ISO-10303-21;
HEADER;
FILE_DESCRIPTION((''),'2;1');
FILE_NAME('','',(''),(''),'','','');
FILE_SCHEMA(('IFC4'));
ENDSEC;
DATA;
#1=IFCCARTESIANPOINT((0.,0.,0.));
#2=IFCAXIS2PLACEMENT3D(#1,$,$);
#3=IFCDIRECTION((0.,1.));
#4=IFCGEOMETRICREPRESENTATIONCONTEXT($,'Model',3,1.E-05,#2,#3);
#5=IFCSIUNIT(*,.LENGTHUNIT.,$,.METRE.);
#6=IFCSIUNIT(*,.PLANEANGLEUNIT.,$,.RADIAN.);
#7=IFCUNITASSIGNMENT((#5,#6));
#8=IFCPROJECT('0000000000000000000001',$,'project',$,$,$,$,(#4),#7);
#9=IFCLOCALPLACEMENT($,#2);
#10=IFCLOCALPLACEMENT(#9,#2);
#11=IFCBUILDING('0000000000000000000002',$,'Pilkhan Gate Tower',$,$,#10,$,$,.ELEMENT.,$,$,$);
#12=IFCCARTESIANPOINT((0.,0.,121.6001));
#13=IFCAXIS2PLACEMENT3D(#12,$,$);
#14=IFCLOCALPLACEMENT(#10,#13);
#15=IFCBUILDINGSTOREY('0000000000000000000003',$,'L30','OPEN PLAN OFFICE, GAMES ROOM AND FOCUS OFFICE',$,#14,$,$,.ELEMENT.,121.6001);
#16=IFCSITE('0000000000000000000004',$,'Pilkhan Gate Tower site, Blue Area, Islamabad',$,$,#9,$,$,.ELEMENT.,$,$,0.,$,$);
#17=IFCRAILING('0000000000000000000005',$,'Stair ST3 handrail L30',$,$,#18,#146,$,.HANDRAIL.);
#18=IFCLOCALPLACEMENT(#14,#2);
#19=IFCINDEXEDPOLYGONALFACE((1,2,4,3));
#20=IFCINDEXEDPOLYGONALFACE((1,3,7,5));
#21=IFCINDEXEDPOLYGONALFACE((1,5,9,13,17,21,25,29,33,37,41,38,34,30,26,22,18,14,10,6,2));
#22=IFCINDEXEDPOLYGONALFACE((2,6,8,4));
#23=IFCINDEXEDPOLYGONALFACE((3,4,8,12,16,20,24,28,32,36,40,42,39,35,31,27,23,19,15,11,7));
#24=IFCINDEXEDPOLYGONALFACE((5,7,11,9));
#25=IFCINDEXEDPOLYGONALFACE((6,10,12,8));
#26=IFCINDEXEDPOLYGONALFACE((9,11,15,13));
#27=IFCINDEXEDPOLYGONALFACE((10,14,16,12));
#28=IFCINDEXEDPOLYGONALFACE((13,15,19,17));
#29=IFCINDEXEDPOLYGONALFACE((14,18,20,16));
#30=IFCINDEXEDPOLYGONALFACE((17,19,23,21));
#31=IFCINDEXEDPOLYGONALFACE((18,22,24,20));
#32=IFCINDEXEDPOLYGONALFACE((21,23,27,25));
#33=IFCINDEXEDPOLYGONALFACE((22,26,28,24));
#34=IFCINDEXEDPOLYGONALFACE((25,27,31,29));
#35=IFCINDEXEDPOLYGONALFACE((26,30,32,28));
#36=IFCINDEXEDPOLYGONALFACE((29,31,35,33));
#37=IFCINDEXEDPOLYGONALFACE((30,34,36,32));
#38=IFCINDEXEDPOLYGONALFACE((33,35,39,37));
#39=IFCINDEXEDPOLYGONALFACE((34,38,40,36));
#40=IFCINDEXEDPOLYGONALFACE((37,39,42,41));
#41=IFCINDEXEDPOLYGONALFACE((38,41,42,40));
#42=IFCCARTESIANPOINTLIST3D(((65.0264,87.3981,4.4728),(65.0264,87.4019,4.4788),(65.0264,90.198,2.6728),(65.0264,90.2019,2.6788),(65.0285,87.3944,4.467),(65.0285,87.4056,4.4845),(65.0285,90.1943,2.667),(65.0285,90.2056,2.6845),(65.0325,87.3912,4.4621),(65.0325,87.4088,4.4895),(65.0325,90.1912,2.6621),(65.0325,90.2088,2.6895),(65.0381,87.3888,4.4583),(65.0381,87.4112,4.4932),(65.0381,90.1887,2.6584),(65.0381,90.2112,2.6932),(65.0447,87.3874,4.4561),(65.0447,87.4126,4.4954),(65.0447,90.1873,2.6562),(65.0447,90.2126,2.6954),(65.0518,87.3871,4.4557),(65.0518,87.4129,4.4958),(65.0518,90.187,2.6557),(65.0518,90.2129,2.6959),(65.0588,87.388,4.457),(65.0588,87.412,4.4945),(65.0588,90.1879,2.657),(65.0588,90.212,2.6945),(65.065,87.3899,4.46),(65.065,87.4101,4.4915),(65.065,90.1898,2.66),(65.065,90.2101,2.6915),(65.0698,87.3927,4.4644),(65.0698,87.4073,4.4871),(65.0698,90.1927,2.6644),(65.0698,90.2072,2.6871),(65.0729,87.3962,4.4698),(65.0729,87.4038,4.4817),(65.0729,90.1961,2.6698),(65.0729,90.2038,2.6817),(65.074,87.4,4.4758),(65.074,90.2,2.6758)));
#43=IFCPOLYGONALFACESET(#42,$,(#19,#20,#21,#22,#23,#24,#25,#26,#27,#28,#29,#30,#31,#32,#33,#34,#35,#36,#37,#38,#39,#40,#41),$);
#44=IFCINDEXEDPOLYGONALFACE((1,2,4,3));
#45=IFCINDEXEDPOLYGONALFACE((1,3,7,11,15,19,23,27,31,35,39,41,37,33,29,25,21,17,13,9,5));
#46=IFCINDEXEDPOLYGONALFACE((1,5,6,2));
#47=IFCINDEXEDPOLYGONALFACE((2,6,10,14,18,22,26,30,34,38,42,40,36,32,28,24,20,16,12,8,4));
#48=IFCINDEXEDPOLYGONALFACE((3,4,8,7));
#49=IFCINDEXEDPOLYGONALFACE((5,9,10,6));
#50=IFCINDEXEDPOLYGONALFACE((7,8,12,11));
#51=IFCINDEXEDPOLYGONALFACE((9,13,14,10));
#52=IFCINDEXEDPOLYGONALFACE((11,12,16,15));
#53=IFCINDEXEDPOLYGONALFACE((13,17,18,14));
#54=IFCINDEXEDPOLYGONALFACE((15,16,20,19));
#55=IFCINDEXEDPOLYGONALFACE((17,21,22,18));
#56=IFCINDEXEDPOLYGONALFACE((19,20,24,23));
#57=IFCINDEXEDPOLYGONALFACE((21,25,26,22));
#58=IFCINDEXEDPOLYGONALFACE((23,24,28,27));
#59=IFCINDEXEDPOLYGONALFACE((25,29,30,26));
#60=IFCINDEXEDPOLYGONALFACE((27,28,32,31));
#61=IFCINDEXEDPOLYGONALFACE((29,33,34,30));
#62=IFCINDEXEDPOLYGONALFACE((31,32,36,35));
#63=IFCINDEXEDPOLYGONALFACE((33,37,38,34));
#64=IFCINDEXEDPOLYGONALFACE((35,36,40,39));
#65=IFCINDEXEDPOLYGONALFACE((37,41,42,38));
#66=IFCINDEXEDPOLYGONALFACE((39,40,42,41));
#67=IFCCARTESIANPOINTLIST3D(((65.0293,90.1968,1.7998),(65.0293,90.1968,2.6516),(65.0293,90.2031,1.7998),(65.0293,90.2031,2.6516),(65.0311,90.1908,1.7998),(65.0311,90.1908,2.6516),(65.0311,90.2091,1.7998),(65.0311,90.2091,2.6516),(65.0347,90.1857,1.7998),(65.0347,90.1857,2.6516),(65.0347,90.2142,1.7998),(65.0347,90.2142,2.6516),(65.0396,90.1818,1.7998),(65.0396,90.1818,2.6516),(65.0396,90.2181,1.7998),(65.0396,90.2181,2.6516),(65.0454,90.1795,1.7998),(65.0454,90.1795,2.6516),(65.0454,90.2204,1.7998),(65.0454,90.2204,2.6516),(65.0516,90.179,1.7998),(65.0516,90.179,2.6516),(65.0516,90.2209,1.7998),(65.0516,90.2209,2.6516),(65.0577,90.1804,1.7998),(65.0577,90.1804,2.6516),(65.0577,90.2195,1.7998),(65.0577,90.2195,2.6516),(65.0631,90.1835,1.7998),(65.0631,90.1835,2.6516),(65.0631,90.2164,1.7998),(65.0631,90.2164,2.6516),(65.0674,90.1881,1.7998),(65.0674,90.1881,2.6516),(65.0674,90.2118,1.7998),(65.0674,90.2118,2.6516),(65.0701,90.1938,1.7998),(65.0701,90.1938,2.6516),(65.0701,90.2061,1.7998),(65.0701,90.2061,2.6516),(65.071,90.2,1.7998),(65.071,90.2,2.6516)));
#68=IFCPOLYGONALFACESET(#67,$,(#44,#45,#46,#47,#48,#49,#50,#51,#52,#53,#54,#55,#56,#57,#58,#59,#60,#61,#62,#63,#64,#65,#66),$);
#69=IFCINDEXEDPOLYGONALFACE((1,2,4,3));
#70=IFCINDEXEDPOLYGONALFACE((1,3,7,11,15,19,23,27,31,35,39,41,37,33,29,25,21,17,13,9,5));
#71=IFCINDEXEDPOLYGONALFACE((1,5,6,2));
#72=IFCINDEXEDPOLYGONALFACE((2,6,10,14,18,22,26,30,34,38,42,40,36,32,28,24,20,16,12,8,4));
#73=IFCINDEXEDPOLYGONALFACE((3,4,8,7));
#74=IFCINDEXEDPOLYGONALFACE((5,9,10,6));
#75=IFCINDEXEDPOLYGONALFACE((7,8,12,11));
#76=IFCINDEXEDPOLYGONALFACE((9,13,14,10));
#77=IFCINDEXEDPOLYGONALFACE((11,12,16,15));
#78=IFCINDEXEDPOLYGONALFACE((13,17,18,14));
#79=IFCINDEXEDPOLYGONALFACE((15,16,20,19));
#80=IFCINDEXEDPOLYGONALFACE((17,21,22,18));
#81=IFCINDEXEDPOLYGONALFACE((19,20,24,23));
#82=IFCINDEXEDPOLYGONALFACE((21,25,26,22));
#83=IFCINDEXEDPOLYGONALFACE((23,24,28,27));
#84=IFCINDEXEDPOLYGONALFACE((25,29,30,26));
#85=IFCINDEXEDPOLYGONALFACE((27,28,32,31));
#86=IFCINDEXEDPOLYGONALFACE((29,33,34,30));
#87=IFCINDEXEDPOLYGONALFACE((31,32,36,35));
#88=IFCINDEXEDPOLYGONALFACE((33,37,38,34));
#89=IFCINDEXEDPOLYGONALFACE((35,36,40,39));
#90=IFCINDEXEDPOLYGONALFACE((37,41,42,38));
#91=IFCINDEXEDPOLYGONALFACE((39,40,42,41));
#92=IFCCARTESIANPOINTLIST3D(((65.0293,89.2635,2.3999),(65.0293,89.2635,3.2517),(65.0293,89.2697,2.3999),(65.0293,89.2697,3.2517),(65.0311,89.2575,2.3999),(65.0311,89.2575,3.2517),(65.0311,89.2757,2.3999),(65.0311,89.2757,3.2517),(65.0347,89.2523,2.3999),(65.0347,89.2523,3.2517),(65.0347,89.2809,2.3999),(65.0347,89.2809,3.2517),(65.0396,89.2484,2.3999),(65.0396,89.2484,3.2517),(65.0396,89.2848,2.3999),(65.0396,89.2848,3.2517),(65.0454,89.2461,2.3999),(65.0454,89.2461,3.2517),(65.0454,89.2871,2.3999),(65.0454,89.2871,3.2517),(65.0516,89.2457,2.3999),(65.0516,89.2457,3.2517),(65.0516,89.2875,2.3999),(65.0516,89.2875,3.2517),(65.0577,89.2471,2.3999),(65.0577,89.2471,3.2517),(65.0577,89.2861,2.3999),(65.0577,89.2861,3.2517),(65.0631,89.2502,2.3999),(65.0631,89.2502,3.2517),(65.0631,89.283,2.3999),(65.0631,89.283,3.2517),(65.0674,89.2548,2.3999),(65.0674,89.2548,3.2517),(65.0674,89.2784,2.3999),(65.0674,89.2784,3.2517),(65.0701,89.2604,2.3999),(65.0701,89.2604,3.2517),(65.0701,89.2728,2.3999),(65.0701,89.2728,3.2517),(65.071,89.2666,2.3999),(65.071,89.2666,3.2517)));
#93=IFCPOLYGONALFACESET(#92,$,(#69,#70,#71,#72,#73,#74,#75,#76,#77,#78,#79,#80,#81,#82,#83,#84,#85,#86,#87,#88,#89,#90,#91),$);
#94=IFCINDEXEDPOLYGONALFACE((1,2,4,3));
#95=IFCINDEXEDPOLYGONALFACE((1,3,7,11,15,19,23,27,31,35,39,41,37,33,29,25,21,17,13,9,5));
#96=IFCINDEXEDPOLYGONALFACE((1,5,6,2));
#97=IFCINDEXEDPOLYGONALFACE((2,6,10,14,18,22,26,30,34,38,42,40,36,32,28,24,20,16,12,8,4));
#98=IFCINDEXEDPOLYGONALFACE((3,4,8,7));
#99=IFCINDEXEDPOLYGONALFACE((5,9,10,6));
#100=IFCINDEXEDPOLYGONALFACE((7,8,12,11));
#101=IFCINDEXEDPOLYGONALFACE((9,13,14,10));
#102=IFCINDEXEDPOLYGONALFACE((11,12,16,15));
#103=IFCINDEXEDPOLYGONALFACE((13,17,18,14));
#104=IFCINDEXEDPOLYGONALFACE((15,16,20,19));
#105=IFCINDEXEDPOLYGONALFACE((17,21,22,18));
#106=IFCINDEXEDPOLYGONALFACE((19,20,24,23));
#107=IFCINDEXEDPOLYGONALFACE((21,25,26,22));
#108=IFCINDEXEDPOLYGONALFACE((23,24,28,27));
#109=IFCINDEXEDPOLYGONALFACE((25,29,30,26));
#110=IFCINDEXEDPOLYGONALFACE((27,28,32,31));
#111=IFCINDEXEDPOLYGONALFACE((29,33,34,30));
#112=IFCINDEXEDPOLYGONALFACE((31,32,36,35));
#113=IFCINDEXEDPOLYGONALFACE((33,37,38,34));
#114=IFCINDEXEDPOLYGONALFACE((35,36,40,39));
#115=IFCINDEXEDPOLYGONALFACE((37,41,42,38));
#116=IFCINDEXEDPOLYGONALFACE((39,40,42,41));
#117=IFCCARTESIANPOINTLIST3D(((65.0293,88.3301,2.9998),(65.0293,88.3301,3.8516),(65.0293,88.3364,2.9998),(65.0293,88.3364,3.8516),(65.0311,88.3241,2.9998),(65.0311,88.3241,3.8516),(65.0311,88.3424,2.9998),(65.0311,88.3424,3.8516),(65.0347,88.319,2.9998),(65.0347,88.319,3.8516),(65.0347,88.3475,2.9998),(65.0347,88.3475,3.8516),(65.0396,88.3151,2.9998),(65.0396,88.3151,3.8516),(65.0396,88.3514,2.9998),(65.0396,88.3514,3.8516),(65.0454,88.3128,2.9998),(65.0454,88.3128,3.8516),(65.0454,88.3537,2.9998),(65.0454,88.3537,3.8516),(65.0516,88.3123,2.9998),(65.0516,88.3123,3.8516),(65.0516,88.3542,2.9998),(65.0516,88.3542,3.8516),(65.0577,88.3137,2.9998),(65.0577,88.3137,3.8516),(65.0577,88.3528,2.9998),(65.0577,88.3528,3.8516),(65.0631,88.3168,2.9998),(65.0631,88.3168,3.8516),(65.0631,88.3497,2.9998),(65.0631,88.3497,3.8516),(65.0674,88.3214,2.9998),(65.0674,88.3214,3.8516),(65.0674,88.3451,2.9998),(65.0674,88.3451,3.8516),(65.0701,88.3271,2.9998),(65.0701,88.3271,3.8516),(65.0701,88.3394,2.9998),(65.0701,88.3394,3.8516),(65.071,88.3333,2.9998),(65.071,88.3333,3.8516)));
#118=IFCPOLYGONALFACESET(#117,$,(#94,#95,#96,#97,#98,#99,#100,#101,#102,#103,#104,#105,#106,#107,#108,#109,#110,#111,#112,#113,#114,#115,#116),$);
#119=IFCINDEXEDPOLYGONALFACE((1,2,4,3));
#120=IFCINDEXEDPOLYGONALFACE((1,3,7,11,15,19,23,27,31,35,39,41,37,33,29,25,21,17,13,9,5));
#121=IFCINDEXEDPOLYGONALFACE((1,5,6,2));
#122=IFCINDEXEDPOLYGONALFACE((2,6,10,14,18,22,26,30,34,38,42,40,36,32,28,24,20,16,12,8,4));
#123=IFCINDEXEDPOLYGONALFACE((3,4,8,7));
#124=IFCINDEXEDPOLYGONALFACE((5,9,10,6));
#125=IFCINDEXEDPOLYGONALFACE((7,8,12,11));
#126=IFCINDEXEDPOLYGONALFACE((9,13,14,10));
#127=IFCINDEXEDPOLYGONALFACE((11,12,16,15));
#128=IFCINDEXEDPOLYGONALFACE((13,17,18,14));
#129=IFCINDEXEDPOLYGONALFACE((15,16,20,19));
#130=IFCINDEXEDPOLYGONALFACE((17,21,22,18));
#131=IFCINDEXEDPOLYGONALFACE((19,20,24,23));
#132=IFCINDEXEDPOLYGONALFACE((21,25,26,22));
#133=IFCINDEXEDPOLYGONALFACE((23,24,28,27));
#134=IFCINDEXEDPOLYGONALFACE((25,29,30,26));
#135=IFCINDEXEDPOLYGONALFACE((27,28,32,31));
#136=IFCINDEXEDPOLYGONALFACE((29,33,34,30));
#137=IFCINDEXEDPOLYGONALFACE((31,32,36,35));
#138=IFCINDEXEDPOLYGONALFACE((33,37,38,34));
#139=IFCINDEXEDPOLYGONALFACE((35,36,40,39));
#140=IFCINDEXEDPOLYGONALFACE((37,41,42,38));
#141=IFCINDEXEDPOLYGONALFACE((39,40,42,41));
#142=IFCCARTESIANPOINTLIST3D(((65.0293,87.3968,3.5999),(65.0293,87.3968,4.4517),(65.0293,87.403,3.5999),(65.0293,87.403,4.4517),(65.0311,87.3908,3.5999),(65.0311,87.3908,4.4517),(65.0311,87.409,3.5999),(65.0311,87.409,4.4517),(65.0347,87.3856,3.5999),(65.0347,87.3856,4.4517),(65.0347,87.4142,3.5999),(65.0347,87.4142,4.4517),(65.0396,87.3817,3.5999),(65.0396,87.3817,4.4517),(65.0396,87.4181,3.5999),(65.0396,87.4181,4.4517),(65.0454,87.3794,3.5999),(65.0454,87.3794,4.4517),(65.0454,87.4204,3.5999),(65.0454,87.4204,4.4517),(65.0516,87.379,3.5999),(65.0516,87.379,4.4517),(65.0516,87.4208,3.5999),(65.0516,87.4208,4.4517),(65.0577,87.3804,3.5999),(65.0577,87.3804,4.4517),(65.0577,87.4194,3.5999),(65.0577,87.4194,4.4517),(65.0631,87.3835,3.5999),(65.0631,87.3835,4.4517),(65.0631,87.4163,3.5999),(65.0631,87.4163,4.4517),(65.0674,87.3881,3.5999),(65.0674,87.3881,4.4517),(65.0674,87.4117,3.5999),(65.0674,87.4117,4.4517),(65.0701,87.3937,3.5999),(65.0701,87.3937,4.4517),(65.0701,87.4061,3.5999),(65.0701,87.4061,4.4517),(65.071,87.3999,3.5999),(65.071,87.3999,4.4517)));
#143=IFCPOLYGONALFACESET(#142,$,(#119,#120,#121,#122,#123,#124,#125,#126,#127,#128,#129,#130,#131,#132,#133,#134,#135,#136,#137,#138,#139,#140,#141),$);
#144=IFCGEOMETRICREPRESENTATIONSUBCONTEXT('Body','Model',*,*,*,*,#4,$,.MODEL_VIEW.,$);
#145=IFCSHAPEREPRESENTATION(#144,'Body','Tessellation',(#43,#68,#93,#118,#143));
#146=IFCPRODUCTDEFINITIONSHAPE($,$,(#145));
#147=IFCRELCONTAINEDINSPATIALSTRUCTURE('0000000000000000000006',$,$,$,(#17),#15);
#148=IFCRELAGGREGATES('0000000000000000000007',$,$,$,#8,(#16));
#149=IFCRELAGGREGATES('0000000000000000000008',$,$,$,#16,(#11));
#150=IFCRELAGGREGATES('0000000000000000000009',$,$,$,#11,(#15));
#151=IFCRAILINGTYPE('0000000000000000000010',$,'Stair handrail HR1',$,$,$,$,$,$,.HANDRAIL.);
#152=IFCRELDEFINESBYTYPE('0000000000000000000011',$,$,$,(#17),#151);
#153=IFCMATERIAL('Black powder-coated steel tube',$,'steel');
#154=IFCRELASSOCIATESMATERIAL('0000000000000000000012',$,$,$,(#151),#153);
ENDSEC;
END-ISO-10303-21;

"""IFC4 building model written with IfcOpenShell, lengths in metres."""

from ifc_helpers import new_model, si_unit, direction, frame, origin, origin_2d, place, context, subcontext, project, spatial, circle, extrude, material, type_object, element, save


model = new_model("IFC4")

# Units and contexts
model_context = context("Model", 3, precision=1e-05, world=origin(), true_north=direction((0.0, 1.0)))
body_context = subcontext(model_context, "Body", "Model", "MODEL_VIEW")
ifc_project = project(units=[si_unit("LENGTHUNIT", "METRE"), si_unit("PLANEANGLEUNIT", "RADIAN")], contexts=[model_context])

# Site, building, storey
site_placement = place(None, origin())
site = spatial("IfcSite", under=ifc_project, at=site_placement, Name="Pilkhan Gate Tower site, Blue Area, Islamabad", CompositionType="ELEMENT", RefElevation=0.0)
building_placement = place(site_placement, origin())
building = spatial("IfcBuilding", under=site, at=building_placement, Name="Pilkhan Gate Tower", CompositionType="ELEMENT")
storey_placement = place(building_placement, frame((0.0, 0.0, 121.6001)))
storey = spatial("IfcBuildingStorey", under=building, at=storey_placement, Name="L30", Description="OPEN PLAN OFFICE, GAMES ROOM AND FOCUS OFFICE", CompositionType="ELEMENT", Elevation=121.6001)

# Railing
ifc_material_1 = material(Name="Black powder-coated steel tube", Category="steel")
railing_type_1 = type_object("IfcRailingType", Name="Stair handrail HR1", PredefinedType="HANDRAIL", material=ifc_material_1)
railing_1_placement = place(storey_placement, frame((65.05, 90.2, 1.7998)))
element("IfcRailing", 1, at=railing_1_placement, inside=storey, type_object=railing_type_1, Name="Stair ST3 handrail L30", PredefinedType="HANDRAIL", context=body_context, shape_type="SweptSolid", body=[
    extrude(circle(Radius=0.0239, at=origin_2d()), frame((0.0, 0.0, 0.876), z_axis=(0.0, -0.841176, 0.540761), x_axis=(1.0, 0.0, 0.0)), (0.0, 0.0, 1.0), 3.3286),
    extrude(circle(Radius=0.021, at=origin_2d()), origin(), (0.0, 0.0, 1.0), 0.8518),
    extrude(circle(Radius=0.021, at=origin_2d()), frame((0.0, -0.9333, 0.6001)), (0.0, 0.0, 1.0), 0.8518),
    extrude(circle(Radius=0.021, at=origin_2d()), frame((0.0, -1.8667, 1.2)), (0.0, 0.0, 1.0), 0.8518),
    extrude(circle(Radius=0.021, at=origin_2d()), frame((0.0, -2.8, 1.8)), (0.0, 0.0, 1.0), 0.8518),
])

save(model, "model.ifc")
